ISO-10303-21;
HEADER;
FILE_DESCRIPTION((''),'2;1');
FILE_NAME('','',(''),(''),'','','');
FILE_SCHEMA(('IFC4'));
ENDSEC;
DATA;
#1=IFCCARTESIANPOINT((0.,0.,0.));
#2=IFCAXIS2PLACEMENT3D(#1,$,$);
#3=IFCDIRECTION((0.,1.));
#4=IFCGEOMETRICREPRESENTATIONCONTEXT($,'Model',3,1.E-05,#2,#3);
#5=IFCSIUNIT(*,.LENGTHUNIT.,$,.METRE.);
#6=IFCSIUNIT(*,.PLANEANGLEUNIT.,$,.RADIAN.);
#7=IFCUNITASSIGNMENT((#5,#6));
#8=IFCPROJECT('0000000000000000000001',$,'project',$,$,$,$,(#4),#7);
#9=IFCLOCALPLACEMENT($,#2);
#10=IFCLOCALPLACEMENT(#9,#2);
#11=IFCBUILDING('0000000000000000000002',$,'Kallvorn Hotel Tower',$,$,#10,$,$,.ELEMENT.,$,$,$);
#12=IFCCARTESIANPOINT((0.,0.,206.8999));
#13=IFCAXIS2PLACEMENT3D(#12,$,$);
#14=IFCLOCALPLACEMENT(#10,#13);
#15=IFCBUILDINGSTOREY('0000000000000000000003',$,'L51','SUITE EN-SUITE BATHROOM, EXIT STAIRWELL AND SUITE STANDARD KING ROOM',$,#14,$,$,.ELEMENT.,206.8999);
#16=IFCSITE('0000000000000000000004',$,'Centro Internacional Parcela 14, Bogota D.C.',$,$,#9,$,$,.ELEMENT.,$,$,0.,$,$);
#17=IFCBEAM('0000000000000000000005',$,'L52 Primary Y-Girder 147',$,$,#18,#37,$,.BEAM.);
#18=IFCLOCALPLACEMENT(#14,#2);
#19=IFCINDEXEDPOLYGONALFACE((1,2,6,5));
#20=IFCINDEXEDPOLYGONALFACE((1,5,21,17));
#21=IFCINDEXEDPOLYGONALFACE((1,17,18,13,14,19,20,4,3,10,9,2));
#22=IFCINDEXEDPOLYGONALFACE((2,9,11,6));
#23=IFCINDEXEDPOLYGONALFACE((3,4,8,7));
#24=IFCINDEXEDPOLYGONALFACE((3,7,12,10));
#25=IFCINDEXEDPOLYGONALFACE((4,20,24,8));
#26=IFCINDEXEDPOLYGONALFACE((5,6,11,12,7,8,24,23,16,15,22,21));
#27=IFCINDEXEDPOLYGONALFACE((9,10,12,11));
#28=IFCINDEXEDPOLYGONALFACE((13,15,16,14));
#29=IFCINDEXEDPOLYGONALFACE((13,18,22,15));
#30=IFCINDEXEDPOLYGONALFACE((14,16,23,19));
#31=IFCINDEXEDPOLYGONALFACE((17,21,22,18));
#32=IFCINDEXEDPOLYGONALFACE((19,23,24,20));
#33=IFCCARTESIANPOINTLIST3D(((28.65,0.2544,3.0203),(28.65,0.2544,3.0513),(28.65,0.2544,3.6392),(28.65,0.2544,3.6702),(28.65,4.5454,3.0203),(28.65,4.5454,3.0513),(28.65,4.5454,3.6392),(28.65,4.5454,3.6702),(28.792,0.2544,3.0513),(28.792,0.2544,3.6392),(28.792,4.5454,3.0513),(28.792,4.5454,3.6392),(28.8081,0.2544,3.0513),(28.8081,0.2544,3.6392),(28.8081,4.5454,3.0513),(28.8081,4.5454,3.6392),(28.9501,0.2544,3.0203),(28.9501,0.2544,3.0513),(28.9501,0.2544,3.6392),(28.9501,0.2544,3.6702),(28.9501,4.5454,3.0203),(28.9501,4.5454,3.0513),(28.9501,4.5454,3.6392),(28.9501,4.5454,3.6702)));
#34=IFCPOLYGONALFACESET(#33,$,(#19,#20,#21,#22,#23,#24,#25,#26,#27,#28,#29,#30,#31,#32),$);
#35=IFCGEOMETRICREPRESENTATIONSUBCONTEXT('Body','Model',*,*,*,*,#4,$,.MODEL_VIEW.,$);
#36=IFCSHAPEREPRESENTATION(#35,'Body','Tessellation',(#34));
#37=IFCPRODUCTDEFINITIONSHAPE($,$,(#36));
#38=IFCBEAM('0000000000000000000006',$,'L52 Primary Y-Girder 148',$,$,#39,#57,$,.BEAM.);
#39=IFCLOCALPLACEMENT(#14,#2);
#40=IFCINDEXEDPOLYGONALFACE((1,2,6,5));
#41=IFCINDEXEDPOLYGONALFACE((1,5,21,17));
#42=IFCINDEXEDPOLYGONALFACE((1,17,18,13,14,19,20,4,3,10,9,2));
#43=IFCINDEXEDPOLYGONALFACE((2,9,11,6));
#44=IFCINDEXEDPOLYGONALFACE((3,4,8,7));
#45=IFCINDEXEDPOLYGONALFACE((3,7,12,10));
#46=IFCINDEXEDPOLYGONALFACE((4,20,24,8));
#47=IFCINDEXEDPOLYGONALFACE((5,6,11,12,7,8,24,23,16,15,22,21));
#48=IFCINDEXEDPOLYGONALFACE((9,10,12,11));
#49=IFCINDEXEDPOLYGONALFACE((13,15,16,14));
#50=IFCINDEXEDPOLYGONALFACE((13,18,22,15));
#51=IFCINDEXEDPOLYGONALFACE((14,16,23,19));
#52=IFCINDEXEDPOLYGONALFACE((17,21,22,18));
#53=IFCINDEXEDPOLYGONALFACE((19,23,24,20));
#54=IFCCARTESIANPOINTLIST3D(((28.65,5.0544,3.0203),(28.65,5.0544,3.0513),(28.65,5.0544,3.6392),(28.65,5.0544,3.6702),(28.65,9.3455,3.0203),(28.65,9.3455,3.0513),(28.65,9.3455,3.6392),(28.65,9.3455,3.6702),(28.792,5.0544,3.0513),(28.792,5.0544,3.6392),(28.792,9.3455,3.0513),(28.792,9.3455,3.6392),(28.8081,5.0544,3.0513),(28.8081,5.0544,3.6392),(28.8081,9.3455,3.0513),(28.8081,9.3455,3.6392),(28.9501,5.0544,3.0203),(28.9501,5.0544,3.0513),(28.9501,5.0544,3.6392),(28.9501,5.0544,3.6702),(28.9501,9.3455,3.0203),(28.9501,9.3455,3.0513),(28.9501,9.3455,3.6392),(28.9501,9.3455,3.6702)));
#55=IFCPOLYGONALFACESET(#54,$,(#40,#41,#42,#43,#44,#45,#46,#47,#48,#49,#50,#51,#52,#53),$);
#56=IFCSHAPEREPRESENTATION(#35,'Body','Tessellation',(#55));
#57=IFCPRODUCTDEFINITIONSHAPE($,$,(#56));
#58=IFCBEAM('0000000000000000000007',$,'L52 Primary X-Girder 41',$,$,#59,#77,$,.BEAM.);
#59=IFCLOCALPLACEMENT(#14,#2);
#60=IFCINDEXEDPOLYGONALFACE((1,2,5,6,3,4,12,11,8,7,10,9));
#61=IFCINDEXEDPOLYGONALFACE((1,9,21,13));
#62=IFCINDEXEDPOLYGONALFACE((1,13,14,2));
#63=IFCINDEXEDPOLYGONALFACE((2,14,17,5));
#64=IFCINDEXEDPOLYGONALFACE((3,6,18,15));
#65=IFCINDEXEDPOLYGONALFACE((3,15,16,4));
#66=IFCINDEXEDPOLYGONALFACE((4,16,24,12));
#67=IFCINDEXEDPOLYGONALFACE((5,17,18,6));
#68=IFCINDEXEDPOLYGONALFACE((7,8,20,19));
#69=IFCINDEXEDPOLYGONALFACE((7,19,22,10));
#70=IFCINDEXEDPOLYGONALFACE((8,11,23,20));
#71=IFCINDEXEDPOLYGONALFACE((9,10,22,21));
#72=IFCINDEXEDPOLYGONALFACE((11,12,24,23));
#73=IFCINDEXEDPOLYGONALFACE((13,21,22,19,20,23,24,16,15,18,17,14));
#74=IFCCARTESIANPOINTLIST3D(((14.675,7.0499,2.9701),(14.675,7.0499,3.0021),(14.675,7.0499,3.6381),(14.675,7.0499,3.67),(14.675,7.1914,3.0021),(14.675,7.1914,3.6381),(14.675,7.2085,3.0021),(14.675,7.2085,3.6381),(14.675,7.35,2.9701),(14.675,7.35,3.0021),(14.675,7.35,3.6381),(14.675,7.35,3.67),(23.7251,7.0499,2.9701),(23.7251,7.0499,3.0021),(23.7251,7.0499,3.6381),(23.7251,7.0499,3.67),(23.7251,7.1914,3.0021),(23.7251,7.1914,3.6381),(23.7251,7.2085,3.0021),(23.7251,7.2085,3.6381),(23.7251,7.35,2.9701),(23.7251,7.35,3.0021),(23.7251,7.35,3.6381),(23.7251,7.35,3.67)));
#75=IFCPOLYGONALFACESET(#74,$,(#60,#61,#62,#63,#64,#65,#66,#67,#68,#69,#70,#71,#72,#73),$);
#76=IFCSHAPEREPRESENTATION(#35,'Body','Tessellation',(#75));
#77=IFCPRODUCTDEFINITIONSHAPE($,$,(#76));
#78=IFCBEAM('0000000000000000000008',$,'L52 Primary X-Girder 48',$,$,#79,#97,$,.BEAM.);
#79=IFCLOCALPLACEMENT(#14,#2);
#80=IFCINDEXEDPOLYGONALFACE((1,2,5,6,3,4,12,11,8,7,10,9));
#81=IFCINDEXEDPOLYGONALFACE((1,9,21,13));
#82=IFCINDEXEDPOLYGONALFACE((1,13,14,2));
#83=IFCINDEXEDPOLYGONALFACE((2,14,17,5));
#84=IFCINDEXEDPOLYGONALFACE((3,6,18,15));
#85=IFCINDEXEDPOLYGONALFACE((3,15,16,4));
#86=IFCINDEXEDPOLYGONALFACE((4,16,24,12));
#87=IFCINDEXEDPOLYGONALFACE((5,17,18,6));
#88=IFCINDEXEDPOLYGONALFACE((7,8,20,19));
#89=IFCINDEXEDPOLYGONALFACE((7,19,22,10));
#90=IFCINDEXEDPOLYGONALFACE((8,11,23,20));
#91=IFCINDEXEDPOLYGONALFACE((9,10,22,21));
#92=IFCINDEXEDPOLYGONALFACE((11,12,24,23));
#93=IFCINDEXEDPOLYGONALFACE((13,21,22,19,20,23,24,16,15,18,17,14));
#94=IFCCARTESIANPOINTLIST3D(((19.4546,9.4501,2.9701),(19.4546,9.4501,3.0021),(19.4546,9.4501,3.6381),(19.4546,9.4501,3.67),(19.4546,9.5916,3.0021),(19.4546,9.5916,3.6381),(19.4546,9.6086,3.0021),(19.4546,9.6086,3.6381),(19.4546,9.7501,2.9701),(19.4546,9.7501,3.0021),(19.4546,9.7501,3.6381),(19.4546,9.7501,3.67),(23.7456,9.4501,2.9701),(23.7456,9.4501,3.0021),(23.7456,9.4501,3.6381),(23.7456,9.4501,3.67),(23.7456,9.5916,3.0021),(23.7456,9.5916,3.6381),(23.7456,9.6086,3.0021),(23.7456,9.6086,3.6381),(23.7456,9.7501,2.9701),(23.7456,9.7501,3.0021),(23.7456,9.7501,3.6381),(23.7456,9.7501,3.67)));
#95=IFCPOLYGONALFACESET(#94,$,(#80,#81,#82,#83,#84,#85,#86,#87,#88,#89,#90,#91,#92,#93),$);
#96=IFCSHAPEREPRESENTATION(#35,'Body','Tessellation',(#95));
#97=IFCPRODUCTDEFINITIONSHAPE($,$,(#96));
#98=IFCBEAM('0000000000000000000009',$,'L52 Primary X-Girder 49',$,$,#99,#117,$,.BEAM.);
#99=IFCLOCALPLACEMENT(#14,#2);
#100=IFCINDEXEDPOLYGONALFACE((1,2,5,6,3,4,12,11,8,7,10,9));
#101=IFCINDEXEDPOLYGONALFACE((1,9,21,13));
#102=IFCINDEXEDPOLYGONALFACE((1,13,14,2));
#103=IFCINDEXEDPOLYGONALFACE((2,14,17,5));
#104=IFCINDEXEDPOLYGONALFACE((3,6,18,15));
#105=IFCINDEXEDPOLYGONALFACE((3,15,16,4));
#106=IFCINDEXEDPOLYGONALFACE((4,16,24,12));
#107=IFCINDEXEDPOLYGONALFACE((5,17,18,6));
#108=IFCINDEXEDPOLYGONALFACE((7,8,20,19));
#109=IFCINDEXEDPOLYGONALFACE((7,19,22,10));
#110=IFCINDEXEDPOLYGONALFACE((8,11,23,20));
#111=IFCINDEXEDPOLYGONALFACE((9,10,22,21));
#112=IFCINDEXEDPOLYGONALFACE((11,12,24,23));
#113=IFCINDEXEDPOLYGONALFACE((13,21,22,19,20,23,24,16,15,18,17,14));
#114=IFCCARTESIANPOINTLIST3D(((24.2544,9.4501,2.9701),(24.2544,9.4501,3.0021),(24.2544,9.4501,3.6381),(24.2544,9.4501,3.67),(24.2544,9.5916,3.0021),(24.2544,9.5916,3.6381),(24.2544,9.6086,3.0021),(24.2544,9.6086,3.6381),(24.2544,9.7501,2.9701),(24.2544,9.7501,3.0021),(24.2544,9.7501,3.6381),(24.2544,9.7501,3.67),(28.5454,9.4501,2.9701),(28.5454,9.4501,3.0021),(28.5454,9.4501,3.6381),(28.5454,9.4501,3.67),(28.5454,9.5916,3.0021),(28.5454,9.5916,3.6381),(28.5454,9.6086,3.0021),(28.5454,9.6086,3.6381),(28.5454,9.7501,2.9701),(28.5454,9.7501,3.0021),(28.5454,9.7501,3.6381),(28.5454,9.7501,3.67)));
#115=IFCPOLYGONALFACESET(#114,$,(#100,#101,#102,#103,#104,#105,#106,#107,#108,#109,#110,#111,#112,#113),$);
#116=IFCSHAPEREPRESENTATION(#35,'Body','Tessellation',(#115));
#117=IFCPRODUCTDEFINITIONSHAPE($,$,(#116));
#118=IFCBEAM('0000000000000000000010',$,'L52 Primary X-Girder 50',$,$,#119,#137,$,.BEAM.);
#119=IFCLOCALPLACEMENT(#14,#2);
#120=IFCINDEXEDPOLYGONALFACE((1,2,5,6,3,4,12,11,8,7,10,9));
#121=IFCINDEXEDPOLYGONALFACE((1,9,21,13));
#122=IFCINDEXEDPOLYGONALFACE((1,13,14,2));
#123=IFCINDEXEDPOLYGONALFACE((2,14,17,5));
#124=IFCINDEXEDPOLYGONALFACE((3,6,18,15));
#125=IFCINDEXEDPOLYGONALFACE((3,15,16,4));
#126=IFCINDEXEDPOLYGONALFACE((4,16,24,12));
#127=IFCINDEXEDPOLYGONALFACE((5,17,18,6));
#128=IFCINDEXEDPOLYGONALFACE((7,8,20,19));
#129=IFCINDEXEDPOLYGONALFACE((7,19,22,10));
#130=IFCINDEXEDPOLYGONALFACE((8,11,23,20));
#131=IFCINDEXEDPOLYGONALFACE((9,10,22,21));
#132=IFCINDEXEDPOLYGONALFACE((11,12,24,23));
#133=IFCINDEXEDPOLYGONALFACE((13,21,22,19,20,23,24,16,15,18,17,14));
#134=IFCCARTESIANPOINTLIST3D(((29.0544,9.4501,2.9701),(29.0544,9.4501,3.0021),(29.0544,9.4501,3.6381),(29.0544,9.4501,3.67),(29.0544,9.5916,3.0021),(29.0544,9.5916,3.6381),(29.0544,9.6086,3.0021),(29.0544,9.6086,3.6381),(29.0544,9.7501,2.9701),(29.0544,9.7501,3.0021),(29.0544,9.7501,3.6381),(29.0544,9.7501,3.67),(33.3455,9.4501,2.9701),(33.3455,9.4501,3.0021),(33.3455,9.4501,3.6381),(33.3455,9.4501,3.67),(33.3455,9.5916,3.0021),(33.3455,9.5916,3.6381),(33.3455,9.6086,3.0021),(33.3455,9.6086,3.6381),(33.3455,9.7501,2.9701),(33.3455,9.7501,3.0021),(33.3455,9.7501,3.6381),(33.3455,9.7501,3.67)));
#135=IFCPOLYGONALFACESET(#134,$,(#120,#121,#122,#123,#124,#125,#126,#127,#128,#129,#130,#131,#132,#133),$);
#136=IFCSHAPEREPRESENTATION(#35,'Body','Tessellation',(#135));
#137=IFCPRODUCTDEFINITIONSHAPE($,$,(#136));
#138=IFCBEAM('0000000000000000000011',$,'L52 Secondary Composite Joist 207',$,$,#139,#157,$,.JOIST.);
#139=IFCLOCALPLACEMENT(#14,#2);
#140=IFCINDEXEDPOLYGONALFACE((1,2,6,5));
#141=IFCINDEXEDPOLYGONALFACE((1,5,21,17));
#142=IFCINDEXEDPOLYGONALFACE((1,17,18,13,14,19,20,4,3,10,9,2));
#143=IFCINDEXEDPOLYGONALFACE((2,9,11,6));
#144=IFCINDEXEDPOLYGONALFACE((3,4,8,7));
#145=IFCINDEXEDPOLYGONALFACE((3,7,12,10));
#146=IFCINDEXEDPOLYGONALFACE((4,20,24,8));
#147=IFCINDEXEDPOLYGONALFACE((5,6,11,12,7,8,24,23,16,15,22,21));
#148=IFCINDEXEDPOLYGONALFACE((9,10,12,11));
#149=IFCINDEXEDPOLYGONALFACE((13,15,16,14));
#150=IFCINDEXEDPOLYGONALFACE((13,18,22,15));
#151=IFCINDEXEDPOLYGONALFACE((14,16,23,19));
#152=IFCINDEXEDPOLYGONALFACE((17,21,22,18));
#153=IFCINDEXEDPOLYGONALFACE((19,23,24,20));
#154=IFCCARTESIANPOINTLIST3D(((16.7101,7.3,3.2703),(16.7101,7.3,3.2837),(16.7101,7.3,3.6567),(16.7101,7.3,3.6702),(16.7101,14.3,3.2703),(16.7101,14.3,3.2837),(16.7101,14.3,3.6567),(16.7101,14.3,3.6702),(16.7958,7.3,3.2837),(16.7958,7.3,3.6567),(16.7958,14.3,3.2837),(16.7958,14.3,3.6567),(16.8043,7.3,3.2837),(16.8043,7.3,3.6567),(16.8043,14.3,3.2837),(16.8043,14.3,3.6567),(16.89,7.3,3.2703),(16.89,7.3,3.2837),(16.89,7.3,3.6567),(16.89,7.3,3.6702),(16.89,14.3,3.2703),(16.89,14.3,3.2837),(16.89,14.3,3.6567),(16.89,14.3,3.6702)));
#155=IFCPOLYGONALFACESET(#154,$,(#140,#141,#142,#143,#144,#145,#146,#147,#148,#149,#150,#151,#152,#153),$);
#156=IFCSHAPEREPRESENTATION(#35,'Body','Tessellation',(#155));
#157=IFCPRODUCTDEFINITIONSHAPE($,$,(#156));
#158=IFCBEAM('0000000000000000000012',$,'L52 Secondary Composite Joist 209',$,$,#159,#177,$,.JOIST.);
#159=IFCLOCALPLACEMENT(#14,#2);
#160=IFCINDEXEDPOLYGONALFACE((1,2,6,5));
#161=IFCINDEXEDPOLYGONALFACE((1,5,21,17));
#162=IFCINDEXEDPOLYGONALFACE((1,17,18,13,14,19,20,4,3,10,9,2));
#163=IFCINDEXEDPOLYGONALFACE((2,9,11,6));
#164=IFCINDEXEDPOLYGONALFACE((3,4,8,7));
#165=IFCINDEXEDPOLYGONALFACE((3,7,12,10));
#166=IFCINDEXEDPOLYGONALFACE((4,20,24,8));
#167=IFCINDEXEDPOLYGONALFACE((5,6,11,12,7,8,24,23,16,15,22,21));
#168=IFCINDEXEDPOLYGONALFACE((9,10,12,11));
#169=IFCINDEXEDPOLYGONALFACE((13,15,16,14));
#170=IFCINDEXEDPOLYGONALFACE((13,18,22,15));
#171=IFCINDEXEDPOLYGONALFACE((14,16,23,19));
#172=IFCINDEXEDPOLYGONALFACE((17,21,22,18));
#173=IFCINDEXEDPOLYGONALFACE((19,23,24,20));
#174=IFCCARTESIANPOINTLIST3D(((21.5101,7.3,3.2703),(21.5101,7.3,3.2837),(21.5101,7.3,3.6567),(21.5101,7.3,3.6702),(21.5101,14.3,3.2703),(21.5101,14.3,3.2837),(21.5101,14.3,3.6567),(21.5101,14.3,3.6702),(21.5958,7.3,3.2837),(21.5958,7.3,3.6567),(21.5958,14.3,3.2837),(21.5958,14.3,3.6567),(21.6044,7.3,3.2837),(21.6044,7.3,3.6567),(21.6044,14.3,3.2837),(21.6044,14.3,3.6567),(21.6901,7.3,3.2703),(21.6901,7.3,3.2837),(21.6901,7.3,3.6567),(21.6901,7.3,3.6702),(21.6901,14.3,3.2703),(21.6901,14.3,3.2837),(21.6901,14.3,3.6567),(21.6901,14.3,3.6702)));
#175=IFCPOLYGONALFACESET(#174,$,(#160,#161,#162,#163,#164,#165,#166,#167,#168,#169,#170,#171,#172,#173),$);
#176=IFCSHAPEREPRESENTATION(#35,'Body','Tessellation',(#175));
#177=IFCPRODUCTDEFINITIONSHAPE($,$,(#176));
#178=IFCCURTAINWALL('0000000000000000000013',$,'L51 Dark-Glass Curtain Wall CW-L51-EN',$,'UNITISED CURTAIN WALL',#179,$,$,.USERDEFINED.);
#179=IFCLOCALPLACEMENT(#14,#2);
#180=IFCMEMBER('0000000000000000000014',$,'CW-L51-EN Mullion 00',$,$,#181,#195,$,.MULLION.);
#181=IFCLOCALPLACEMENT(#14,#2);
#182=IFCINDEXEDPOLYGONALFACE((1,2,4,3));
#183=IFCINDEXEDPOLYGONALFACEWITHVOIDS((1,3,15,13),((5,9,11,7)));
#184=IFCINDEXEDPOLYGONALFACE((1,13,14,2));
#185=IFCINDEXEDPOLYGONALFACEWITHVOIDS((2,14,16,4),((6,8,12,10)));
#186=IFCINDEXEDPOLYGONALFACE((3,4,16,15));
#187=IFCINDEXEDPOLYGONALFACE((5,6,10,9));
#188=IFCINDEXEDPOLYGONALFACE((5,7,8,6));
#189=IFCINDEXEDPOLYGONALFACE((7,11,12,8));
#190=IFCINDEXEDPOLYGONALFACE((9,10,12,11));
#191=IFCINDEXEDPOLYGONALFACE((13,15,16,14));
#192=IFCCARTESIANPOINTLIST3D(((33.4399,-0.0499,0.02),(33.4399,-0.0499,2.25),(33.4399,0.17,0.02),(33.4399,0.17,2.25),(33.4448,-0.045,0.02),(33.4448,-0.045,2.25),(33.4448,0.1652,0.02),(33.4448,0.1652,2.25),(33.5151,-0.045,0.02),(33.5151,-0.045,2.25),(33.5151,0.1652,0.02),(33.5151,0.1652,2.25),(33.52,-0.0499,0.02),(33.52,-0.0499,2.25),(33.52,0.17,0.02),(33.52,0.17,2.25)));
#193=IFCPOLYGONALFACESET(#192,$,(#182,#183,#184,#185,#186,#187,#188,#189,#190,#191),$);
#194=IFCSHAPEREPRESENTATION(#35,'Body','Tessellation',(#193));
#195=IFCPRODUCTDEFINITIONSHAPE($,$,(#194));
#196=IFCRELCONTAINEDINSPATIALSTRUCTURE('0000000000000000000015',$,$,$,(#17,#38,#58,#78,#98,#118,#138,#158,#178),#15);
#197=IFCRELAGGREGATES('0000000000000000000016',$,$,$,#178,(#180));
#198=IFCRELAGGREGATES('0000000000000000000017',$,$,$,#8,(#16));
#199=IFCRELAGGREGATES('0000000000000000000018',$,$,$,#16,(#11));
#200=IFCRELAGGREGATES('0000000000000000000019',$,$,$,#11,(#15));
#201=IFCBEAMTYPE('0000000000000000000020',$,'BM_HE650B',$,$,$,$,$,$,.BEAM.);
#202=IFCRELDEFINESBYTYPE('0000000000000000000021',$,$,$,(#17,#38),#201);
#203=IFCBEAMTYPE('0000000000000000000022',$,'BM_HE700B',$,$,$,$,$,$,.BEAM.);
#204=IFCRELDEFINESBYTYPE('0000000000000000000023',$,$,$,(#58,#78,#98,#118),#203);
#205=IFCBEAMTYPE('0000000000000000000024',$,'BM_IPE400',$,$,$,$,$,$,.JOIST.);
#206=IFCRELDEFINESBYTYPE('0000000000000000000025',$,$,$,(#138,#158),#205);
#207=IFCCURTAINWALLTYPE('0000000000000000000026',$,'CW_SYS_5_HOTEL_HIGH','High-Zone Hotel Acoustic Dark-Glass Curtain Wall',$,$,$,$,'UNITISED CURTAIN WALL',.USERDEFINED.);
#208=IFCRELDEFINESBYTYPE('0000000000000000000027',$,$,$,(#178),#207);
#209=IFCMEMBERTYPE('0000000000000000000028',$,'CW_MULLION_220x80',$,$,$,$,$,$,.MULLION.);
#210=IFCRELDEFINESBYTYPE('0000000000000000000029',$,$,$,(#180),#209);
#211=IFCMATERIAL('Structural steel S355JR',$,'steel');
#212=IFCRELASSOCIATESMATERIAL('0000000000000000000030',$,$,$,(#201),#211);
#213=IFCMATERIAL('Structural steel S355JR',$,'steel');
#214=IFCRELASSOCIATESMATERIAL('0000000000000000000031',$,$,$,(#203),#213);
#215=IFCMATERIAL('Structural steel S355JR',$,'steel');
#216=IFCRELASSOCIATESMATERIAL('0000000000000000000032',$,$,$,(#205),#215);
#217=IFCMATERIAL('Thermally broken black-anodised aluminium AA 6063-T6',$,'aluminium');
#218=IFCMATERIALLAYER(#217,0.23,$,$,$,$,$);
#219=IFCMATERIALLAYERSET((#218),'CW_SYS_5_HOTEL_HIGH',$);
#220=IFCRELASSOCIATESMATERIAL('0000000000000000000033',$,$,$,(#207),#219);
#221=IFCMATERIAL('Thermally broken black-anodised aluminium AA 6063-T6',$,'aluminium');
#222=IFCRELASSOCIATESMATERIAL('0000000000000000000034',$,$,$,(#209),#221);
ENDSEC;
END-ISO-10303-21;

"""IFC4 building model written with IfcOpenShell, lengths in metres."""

from ifc_helpers import new_model, si_unit, direction, frame, origin, origin_2d, place, context, subcontext, project, spatial, hollow_rectangle, i_section, extrude, material, layer, layer_set, material_profile, profile_set, type_object, element, aggregate, save


model = new_model("IFC4")

# Units and contexts
model_context = context("Model", 3, precision=1e-05, world=origin(), true_north=direction((0.0, 1.0)))
body_context = subcontext(model_context, "Body", "Model", "MODEL_VIEW")
ifc_project = project(units=[si_unit("LENGTHUNIT", "METRE"), si_unit("PLANEANGLEUNIT", "RADIAN")], contexts=[model_context])

# Site, building, storey
site_placement = place(None, origin())
site = spatial("IfcSite", under=ifc_project, at=site_placement, Name="Centro Internacional Parcela 14, Bogota D.C.", CompositionType="ELEMENT", RefElevation=0.0)
building_placement = place(site_placement, origin())
building = spatial("IfcBuilding", under=site, at=building_placement, Name="Kallvorn Hotel Tower", CompositionType="ELEMENT")
storey_placement = place(building_placement, frame((0.0, 0.0, 206.8999)))
storey = spatial("IfcBuildingStorey", under=building, at=storey_placement, Name="L51", Description="SUITE EN-SUITE BATHROOM, EXIT STAIRWELL AND SUITE STANDARD KING ROOM", CompositionType="ELEMENT", Elevation=206.8999)

# Beams
ifc_material_1 = material(Name="Structural steel S355JR", Category="steel")
ifc_material_profile_1 = material_profile(ifc_material_1, i_section(OverallWidth=0.3, OverallDepth=0.6499, WebThickness=0.0161, FlangeThickness=0.031, at=origin_2d()), Name="HE 650 B")
ifc_profile_set_1 = profile_set([ifc_material_profile_1], Name="Structural steel S355JR")
beam_type_1 = type_object("IfcBeamType", Name="BM_HE650B", PredefinedType="BEAM", material=ifc_profile_set_1)
for number, where, z_axis, x_axis, name in (
    (1, (28.8, 0.2544, 3.3452), (0.0, 1.0, 0.0), (-1.0, 0.0, 0.0), "L52 Primary Y-Girder 147"),
    (2, (28.8, 5.0544, 3.3452), (0.0, 1.0, 0.0), (-1.0, 0.0, 0.0), "L52 Primary Y-Girder 148"),
):
    element("IfcBeam", number, at=place(storey_placement, frame(where, z_axis=z_axis, x_axis=x_axis)), inside=storey, type_object=beam_type_1, Name=name, PredefinedType="BEAM", context=body_context, shape_type="SweptSolid", body=[
        extrude(i_section(OverallWidth=0.3, OverallDepth=0.6499, WebThickness=0.0161, FlangeThickness=0.031, at=origin_2d()), origin(), (0.0, 0.0, 1.0), 4.291),
    ])
ifc_material_2 = material(Name="Structural steel S355JR", Category="steel")
ifc_material_profile_2 = material_profile(ifc_material_2, i_section(OverallWidth=0.3, OverallDepth=0.7, WebThickness=0.0171, FlangeThickness=0.032, at=origin_2d()), Name="HE 700 B")
ifc_profile_set_2 = profile_set([ifc_material_profile_2], Name="Structural steel S355JR")
beam_type_2 = type_object("IfcBeamType", Name="BM_HE700B", PredefinedType="BEAM", material=ifc_profile_set_2)
beam_1_placement = place(storey_placement, frame((14.675, 7.2, 3.3201), z_axis=(1.0, 0.0, 0.0), x_axis=(0.0, 1.0, 0.0)))
element("IfcBeam", 3, at=beam_1_placement, inside=storey, type_object=beam_type_2, Name="L52 Primary X-Girder 41", PredefinedType="BEAM", context=body_context, shape_type="SweptSolid", body=[
    extrude(i_section(OverallWidth=0.3, OverallDepth=0.7, WebThickness=0.0171, FlangeThickness=0.032, at=origin_2d()), origin(), (0.0, 0.0, 1.0), 9.05),
])
for number, where, z_axis, x_axis, name in (
    (4, (19.4546, 9.6001, 3.3201), (1.0, 0.0, 0.0), (0.0, 1.0, 0.0), "L52 Primary X-Girder 48"),
    (5, (24.2544, 9.6001, 3.3201), (1.0, 0.0, 0.0), (0.0, 1.0, 0.0), "L52 Primary X-Girder 49"),
    (6, (29.0544, 9.6001, 3.3201), (1.0, 0.0, 0.0), (0.0, 1.0, 0.0), "L52 Primary X-Girder 50"),
):
    element("IfcBeam", number, at=place(storey_placement, frame(where, z_axis=z_axis, x_axis=x_axis)), inside=storey, type_object=beam_type_2, Name=name, PredefinedType="BEAM", context=body_context, shape_type="SweptSolid", body=[
        extrude(i_section(OverallWidth=0.3, OverallDepth=0.7, WebThickness=0.0171, FlangeThickness=0.032, at=origin_2d()), origin(), (0.0, 0.0, 1.0), 4.291),
    ])
ifc_material_3 = material(Name="Structural steel S355JR", Category="steel")
ifc_material_profile_3 = material_profile(ifc_material_3, i_section(OverallWidth=0.1799, OverallDepth=0.3999, WebThickness=0.0085, FlangeThickness=0.0134, at=origin_2d()), Name="IPE 400")
ifc_profile_set_3 = profile_set([ifc_material_profile_3], Name="Structural steel S355JR")
beam_type_3 = type_object("IfcBeamType", Name="BM_IPE400", PredefinedType="JOIST", material=ifc_profile_set_3)
for number, where, z_axis, x_axis, name in (
    (7, (16.8, 7.3, 3.4702), (0.0, 1.0, 0.0), (-1.0, 0.0, 0.0), "L52 Secondary Composite Joist 207"),
    (8, (21.6001, 7.3, 3.4702), (0.0, 1.0, 0.0), (-1.0, 0.0, 0.0), "L52 Secondary Composite Joist 209"),
):
    element("IfcBeam", number, at=place(storey_placement, frame(where, z_axis=z_axis, x_axis=x_axis)), inside=storey, type_object=beam_type_3, Name=name, PredefinedType="JOIST", context=body_context, shape_type="SweptSolid", body=[
        extrude(i_section(OverallWidth=0.1799, OverallDepth=0.3999, WebThickness=0.0085, FlangeThickness=0.0134, at=origin_2d()), origin(), (0.0, 0.0, 1.0), 7.0),
    ])

# Curtain wall, member
ifc_material_4 = material(Name="Thermally broken black-anodised aluminium AA 6063-T6", Category="aluminium")
ifc_layer_1 = layer(ifc_material_4, 0.23)
ifc_layer_set_1 = layer_set([ifc_layer_1], Name="CW_SYS_5_HOTEL_HIGH")
curtain_wall_type = type_object("IfcCurtainWallType", Name="CW_SYS_5_HOTEL_HIGH", Description="High-Zone Hotel Acoustic Dark-Glass Curtain Wall", ElementType="UNITISED CURTAIN WALL", PredefinedType="USERDEFINED", material=ifc_layer_set_1)
curtain_wall_placement = place(storey_placement, origin())
curtain_wall = element("IfcCurtainWall", 9, at=curtain_wall_placement, inside=storey, type_object=curtain_wall_type, Name="L51 Dark-Glass Curtain Wall CW-L51-EN", ObjectType="UNITISED CURTAIN WALL", PredefinedType="USERDEFINED")
ifc_material_5 = material(Name="Thermally broken black-anodised aluminium AA 6063-T6", Category="aluminium")
ifc_material_profile_4 = material_profile(ifc_material_5, hollow_rectangle(XDim=0.0801, YDim=0.22, WallThickness=0.0049, at=origin_2d()), Name="MUL 220x80")
ifc_profile_set_4 = profile_set([ifc_material_profile_4], Name="Thermally broken black-anodised aluminium AA 6063-T6")
member_type_1 = type_object("IfcMemberType", Name="CW_MULLION_220x80", PredefinedType="MULLION", material=ifc_profile_set_4)
member_1_placement = place(storey_placement, frame((33.48, 0.0601, 0.02), z_axis=(0.0, 0.0, 1.0), x_axis=(1.0, 0.0, 0.0)))
member_1 = element("IfcMember", 10, at=member_1_placement, type_object=member_type_1, Name="CW-L51-EN Mullion 00", PredefinedType="MULLION", context=body_context, shape_type="SweptSolid", body=[
    extrude(hollow_rectangle(XDim=0.0801, YDim=0.22, WallThickness=0.0049, at=origin_2d()), origin(), (0.0, 0.0, 1.0), 2.23),
])
aggregate(curtain_wall, [member_1])

save(model, "model.ifc")
